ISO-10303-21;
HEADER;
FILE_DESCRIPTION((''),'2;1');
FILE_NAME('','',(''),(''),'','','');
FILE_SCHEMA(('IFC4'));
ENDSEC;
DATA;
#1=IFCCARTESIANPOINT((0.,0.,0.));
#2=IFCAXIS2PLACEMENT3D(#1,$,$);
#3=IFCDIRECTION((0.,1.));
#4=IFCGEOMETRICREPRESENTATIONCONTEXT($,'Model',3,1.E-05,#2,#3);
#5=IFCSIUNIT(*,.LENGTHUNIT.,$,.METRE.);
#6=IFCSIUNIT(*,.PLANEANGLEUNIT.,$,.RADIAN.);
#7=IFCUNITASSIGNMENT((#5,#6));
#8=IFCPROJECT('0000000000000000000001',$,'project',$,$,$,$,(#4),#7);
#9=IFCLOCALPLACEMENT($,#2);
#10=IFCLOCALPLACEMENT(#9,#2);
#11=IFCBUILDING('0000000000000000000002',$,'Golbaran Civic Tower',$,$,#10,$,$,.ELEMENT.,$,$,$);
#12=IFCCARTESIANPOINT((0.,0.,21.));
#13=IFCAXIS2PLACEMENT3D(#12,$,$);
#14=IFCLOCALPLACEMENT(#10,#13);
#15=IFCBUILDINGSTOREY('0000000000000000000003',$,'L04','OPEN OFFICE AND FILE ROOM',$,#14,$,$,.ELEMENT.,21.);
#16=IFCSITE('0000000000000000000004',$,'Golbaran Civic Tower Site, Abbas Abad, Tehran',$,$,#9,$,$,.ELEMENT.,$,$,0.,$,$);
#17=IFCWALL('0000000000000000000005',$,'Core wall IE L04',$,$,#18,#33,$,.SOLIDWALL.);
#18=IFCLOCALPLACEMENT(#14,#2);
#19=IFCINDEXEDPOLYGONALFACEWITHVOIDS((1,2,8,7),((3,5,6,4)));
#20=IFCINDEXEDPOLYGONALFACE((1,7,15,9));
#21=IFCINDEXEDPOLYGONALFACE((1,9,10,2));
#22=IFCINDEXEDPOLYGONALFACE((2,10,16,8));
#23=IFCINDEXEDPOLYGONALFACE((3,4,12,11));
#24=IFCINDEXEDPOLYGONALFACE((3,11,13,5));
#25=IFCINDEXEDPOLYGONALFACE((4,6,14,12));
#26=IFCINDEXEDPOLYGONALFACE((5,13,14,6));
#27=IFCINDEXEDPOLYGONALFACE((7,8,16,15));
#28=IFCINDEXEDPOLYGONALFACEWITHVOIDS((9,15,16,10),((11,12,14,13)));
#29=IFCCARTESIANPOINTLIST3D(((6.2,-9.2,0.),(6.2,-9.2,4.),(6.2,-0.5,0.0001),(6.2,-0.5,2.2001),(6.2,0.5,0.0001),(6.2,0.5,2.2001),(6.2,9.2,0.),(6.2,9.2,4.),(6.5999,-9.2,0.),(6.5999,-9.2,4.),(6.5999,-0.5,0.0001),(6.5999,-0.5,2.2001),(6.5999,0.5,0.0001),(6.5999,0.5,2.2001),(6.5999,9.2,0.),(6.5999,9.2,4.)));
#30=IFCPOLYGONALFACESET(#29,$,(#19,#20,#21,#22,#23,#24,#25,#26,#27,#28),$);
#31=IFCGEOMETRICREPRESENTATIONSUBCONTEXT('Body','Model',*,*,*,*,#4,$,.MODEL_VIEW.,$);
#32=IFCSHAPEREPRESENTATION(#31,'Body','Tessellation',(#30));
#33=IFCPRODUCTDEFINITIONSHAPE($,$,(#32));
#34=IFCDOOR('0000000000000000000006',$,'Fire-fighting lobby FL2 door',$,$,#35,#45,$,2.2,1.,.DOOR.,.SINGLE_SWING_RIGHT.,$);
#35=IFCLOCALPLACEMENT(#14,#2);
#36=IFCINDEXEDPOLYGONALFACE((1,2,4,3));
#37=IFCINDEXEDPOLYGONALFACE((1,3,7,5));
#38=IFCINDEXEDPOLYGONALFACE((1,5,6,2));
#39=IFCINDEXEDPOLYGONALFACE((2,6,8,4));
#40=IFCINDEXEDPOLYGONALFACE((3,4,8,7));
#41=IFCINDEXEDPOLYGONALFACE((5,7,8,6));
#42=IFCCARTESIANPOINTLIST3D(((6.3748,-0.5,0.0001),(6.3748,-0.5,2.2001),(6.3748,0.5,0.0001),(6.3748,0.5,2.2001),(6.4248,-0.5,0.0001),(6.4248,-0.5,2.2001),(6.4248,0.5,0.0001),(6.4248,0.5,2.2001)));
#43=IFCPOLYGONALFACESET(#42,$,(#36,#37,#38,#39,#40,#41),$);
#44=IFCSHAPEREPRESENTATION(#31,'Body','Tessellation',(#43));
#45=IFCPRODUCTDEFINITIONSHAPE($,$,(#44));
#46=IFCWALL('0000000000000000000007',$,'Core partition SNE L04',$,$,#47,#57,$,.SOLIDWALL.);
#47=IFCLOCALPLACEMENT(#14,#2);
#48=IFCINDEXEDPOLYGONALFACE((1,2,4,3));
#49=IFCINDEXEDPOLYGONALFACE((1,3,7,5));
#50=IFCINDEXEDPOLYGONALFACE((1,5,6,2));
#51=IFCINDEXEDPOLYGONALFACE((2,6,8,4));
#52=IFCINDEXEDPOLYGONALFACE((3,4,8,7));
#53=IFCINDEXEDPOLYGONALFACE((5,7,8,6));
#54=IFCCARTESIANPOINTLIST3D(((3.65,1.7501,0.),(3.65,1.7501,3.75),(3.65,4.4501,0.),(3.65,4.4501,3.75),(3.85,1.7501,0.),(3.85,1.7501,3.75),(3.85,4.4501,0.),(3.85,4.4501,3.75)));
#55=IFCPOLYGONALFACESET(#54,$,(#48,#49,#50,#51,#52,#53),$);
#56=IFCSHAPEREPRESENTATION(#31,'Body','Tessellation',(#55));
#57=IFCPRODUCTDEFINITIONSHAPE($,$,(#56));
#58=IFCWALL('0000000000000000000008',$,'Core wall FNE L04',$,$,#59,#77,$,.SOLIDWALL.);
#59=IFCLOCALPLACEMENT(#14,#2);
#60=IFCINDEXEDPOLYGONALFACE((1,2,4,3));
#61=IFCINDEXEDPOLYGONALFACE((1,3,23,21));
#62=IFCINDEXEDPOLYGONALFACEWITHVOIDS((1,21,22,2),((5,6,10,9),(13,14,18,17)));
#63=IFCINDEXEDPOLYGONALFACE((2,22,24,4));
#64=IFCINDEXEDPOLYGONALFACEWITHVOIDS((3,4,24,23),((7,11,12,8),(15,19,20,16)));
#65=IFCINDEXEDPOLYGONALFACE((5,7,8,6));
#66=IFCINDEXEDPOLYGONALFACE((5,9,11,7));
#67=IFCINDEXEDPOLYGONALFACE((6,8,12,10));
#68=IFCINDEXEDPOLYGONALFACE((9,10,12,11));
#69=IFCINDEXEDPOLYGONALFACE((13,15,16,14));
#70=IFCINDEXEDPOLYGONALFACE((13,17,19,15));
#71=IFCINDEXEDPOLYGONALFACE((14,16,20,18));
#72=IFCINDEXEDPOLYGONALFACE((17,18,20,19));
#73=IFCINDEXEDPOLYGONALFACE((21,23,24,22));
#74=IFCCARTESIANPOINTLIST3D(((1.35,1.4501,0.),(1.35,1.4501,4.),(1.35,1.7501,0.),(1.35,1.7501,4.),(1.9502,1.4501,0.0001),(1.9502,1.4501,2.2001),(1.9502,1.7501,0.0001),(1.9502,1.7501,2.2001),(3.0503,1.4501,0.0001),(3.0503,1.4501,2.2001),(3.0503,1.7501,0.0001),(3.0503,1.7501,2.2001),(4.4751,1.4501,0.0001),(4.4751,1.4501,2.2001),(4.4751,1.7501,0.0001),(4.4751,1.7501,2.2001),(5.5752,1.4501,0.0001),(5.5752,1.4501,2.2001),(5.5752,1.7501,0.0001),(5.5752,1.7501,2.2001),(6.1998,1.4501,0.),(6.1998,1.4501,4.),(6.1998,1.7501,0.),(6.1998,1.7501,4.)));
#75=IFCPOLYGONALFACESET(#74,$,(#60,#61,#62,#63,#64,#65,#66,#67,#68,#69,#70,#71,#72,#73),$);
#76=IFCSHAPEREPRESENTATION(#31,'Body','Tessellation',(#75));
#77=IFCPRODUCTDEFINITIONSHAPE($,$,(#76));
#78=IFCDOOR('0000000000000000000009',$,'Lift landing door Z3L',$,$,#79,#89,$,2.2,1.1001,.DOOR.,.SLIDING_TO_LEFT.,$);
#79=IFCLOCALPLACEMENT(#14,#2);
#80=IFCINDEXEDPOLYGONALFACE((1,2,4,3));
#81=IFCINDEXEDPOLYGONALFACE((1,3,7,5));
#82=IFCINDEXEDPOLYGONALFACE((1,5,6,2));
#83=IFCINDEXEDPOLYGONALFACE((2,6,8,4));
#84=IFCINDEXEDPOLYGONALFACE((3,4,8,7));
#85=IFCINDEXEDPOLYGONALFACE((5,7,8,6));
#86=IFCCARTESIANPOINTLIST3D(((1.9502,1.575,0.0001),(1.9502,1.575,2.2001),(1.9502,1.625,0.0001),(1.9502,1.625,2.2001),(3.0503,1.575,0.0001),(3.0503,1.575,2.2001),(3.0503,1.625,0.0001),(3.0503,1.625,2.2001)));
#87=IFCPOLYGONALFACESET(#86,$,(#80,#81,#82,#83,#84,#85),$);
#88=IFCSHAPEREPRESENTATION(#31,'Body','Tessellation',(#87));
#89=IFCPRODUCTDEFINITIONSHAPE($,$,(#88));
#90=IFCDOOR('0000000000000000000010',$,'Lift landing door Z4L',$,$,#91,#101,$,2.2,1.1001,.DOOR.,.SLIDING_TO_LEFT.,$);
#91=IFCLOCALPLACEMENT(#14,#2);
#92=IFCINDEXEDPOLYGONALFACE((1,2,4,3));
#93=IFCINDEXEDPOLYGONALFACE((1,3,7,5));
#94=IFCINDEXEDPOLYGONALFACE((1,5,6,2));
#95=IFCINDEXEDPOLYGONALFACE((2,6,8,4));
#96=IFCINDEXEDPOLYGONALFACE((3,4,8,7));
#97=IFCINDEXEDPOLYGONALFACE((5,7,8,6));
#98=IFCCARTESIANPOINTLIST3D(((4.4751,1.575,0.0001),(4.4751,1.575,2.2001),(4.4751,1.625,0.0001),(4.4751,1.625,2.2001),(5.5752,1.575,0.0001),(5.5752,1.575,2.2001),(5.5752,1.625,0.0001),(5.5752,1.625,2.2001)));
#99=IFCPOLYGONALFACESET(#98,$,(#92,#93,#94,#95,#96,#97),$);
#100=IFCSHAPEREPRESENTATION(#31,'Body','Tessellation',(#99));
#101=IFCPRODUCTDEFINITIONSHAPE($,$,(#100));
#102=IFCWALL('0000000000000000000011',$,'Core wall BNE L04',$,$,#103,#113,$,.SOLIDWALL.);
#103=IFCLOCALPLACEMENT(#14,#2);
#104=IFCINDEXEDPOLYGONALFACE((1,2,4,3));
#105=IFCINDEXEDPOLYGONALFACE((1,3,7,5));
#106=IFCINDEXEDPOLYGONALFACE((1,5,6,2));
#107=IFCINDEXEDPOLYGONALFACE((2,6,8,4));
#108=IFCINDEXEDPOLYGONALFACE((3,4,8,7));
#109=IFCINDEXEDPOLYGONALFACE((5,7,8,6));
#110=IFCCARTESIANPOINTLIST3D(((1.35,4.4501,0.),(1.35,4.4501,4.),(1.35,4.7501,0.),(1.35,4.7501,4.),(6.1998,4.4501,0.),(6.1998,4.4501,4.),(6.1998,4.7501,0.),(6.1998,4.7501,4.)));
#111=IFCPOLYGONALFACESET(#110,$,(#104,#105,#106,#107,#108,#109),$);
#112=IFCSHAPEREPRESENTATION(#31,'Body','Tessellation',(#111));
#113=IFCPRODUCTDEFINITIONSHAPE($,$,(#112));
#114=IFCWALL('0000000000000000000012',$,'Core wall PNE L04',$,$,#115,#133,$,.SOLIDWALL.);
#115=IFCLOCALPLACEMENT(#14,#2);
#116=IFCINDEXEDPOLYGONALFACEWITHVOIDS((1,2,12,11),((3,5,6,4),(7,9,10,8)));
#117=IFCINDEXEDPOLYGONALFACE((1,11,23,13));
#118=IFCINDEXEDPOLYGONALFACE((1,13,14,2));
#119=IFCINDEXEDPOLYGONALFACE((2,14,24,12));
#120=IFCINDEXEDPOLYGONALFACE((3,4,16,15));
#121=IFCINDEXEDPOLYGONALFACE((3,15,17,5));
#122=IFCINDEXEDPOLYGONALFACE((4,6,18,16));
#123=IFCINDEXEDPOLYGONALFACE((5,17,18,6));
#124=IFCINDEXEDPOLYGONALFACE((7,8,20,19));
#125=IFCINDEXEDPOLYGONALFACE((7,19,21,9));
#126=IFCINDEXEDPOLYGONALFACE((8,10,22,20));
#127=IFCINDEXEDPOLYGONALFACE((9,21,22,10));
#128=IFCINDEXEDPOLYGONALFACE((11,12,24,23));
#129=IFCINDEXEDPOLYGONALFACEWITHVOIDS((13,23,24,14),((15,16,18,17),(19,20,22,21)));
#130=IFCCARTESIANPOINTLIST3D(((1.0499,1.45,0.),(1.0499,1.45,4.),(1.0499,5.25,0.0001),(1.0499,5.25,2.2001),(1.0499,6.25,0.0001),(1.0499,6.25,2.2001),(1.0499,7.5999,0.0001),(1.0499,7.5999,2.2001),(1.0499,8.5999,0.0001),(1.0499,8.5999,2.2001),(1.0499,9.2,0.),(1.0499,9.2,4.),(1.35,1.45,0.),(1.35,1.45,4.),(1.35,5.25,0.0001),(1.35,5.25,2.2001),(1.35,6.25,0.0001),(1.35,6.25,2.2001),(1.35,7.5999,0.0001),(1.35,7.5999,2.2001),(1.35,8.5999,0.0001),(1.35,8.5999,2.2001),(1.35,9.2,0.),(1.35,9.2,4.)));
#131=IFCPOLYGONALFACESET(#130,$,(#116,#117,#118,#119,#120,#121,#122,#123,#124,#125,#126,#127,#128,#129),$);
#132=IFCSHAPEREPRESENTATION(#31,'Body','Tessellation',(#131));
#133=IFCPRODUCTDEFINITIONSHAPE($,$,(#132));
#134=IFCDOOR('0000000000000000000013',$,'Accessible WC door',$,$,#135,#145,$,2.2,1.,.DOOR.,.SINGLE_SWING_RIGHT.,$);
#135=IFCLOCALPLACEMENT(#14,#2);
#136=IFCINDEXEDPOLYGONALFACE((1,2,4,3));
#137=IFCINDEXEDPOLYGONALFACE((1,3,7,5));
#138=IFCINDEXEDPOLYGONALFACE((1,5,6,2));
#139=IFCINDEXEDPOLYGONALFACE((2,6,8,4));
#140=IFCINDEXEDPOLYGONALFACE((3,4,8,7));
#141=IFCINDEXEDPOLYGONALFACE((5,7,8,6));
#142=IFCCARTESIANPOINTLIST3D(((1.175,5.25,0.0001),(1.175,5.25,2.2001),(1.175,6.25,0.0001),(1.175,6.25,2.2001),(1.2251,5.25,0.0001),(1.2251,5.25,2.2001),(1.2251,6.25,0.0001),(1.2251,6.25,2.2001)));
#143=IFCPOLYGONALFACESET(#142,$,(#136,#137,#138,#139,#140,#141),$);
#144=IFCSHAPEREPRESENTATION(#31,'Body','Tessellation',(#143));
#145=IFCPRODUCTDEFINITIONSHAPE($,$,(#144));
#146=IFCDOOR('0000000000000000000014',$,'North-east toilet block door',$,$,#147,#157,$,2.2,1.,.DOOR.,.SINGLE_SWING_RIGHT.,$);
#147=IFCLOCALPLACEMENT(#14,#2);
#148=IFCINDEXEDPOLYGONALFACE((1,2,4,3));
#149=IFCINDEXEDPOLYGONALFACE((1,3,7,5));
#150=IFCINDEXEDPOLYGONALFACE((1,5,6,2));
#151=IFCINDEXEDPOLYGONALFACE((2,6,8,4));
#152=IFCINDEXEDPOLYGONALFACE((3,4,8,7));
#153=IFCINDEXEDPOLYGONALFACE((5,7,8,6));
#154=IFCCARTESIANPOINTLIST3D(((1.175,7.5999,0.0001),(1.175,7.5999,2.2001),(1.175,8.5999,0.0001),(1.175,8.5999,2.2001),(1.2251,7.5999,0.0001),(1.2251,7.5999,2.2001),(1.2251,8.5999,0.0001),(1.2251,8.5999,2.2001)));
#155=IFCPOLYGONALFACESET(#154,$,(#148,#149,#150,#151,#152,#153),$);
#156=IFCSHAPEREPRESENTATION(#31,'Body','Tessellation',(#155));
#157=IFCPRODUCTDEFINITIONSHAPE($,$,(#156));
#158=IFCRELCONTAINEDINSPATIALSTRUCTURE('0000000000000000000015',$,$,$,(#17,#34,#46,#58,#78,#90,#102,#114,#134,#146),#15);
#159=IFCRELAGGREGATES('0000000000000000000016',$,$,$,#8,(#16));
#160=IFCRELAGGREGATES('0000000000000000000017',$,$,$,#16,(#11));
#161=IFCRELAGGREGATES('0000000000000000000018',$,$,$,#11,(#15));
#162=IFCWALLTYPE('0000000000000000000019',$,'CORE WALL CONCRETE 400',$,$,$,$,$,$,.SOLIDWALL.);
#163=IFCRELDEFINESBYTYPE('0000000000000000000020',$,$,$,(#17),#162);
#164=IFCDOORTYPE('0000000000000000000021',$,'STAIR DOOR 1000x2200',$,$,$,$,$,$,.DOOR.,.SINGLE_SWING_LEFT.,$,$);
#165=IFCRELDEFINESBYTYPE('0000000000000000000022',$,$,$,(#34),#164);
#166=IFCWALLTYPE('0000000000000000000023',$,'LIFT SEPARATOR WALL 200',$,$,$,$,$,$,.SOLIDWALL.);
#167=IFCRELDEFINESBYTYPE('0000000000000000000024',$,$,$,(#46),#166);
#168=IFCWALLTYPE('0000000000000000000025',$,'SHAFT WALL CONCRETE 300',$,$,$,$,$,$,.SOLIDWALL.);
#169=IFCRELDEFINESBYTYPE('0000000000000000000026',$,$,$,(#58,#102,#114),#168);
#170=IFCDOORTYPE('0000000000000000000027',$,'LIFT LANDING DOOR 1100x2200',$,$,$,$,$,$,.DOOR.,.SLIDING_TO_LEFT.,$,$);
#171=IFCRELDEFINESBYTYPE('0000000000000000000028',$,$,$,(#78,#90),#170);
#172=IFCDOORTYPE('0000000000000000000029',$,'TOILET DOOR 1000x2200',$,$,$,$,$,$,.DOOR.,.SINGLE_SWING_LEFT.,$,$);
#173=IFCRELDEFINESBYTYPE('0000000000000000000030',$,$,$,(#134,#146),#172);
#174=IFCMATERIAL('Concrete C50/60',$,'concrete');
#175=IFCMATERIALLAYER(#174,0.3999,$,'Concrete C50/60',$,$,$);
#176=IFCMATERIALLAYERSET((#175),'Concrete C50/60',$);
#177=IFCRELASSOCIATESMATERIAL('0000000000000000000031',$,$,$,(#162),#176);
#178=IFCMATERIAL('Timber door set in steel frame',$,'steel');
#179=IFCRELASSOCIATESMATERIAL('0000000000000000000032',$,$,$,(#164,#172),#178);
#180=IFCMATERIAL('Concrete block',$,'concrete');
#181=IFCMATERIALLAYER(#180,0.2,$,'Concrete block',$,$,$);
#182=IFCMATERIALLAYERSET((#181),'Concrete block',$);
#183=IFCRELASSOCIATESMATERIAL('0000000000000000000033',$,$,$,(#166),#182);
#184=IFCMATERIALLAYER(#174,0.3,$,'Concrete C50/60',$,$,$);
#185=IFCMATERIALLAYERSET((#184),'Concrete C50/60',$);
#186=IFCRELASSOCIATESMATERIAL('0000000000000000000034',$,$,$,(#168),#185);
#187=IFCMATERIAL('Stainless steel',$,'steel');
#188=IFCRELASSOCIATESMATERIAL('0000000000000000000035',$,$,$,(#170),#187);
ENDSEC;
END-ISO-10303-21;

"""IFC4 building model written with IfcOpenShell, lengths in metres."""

from ifc_helpers import new_model, si_unit, direction, frame, frame_2d, origin, place, context, subcontext, project, spatial, rectangle, extrude, material, layer, layer_set, type_object, element, fill, save


model = new_model("IFC4")

# Units and contexts
model_context = context("Model", 3, precision=1e-05, world=origin(), true_north=direction((0.0, 1.0)))
body_context = subcontext(model_context, "Body", "Model", "MODEL_VIEW")
ifc_project = project(units=[si_unit("LENGTHUNIT", "METRE"), si_unit("PLANEANGLEUNIT", "RADIAN")], contexts=[model_context])

# Site, building, storey
site_placement = place(None, origin())
site = spatial("IfcSite", under=ifc_project, at=site_placement, Name="Golbaran Civic Tower Site, Abbas Abad, Tehran", CompositionType="ELEMENT", RefElevation=0.0)
building_placement = place(site_placement, origin())
building = spatial("IfcBuilding", under=site, at=building_placement, Name="Golbaran Civic Tower", CompositionType="ELEMENT")
storey_placement = place(building_placement, frame((0.0, 0.0, 21.0)))
storey = spatial("IfcBuildingStorey", under=building, at=storey_placement, Name="L04", Description="OPEN OFFICE AND FILE ROOM", CompositionType="ELEMENT", Elevation=21.0)

# Shared definitions
ifc_material_1 = material(Name="Concrete block", Category="concrete")

# Wall, opening, door
ifc_material_2 = material(Name="Concrete C50/60", Category="concrete")
ifc_layer_1 = layer(ifc_material_2, 0.3999, Name="Concrete C50/60")
ifc_layer_set_1 = layer_set([ifc_layer_1], Name="Concrete C50/60")
wall_type_1 = type_object("IfcWallType", Name="CORE WALL CONCRETE 400", PredefinedType="SOLIDWALL", material=ifc_layer_set_1)
wall_1_placement = place(storey_placement, frame((6.3999, 9.2, 0.0), z_axis=(0.0, 0.0, 1.0), x_axis=(0.0, -1.0, 0.0)))
wall_1 = element("IfcWall", 1, at=wall_1_placement, inside=storey, type_object=wall_type_1, Name="Core wall IE L04", PredefinedType="SOLIDWALL", context=body_context, shape_type="SweptSolid", body=[
    extrude(rectangle(XDim=18.3999, YDim=0.3999, at=frame_2d((9.2, 0.0))), origin(), (0.0, 0.0, 1.0), 4.0),
])
opening_1_placement = place(wall_1_placement, frame((8.7, 0.0, 0.0)))
opening_1 = element("IfcOpeningElement", 2, at=opening_1_placement, cuts=wall_1, PredefinedType="OPENING", context=body_context, shape_type="SweptSolid", body=[
    extrude(rectangle(XDim=1.0, YDim=2.2, at=frame_2d((0.5, 1.1001))), frame((0.0, 0.21, 0.0), z_axis=(0.0, -1.0, 0.0), x_axis=(1.0, 0.0, 0.0)), (0.0, 0.0, 1.0), 0.4199),
])
ifc_material_3 = material(Name="Timber door set in steel frame", Category="steel")
door_type_1 = type_object("IfcDoorType", Name="STAIR DOOR 1000x2200", OperationType="SINGLE_SWING_LEFT", PredefinedType="DOOR", material=ifc_material_3)
door_1_placement = place(opening_1_placement, origin())
door_1 = element("IfcDoor", 3, at=door_1_placement, inside=storey, type_object=door_type_1, Name="Fire-fighting lobby FL2 door", OperationType="SINGLE_SWING_RIGHT", OverallHeight=2.2, OverallWidth=1.0, PredefinedType="DOOR", context=body_context, shape_type="SweptSolid", body=[
    extrude(rectangle(XDim=1.0, YDim=2.2, at=frame_2d((0.5, 1.1001))), frame((0.0, 0.0249, 0.0), z_axis=(0.0, -1.0, 0.0), x_axis=(1.0, 0.0, 0.0)), (0.0, 0.0, 1.0), 0.05),
])
fill(opening_1, door_1)

# Wall
ifc_layer_2 = layer(ifc_material_1, 0.2, Name="Concrete block")
ifc_layer_set_2 = layer_set([ifc_layer_2], Name="Concrete block")
wall_type_2 = type_object("IfcWallType", Name="LIFT SEPARATOR WALL 200", PredefinedType="SOLIDWALL", material=ifc_layer_set_2)
wall_2_placement = place(storey_placement, frame((3.75, 1.75, 0.0), z_axis=(0.0, 0.0, 1.0), x_axis=(0.0, 1.0, 0.0)))
element("IfcWall", 4, at=wall_2_placement, inside=storey, type_object=wall_type_2, Name="Core partition SNE L04", PredefinedType="SOLIDWALL", context=body_context, shape_type="SweptSolid", body=[
    extrude(rectangle(XDim=2.7, YDim=0.2, at=frame_2d((1.3501, 0.0))), origin(), (0.0, 0.0, 1.0), 3.75),
])

# Wall, openings, doors
ifc_layer_3 = layer(ifc_material_2, 0.3, Name="Concrete C50/60")
ifc_layer_set_3 = layer_set([ifc_layer_3], Name="Concrete C50/60")
wall_type_3 = type_object("IfcWallType", Name="SHAFT WALL CONCRETE 300", PredefinedType="SOLIDWALL", material=ifc_layer_set_3)
wall_3_placement = place(storey_placement, frame((1.3501, 1.6001, 0.0), z_axis=(0.0, 0.0, 1.0), x_axis=(1.0, 0.0, 0.0)))
wall_3 = element("IfcWall", 5, at=wall_3_placement, inside=storey, type_object=wall_type_3, Name="Core wall FNE L04", PredefinedType="SOLIDWALL", context=body_context, shape_type="SweptSolid", body=[
    extrude(rectangle(XDim=4.8499, YDim=0.3, at=frame_2d((2.4248, 0.0))), origin(), (0.0, 0.0, 1.0), 4.0),
])
opening_2_placement = place(wall_3_placement, frame((0.6001, 0.0, 0.0)))
opening_2 = element("IfcOpeningElement", 6, at=opening_2_placement, cuts=wall_3, PredefinedType="OPENING", context=body_context, shape_type="SweptSolid", body=[
    extrude(rectangle(XDim=1.1001, YDim=2.2, at=frame_2d((0.55, 1.1001))), frame((0.0, 0.1599, 0.0), z_axis=(0.0, -1.0, 0.0), x_axis=(1.0, 0.0, 0.0)), (0.0, 0.0, 1.0), 0.3201),
])
opening_3_placement = place(wall_3_placement, frame((3.125, 0.0, 0.0)))
opening_3 = element("IfcOpeningElement", 7, at=opening_3_placement, cuts=wall_3, PredefinedType="OPENING", context=body_context, shape_type="SweptSolid", body=[
    extrude(rectangle(XDim=1.1001, YDim=2.2, at=frame_2d((0.55, 1.1001))), frame((0.0, 0.1599, 0.0), z_axis=(0.0, -1.0, 0.0), x_axis=(1.0, 0.0, 0.0)), (0.0, 0.0, 1.0), 0.3201),
])
ifc_material_4 = material(Name="Stainless steel", Category="steel")
door_type_2 = type_object("IfcDoorType", Name="LIFT LANDING DOOR 1100x2200", OperationType="SLIDING_TO_LEFT", PredefinedType="DOOR", material=ifc_material_4)
door_2_placement = place(opening_2_placement, origin())
door_2 = element("IfcDoor", 8, at=door_2_placement, inside=storey, type_object=door_type_2, Name="Lift landing door Z3L", OperationType="SLIDING_TO_LEFT", OverallHeight=2.2, OverallWidth=1.1001, PredefinedType="DOOR", context=body_context, shape_type="SweptSolid", body=[
    extrude(rectangle(XDim=1.1001, YDim=2.2, at=frame_2d((0.55, 1.1001))), frame((0.0, 0.0249, 0.0), z_axis=(0.0, -1.0, 0.0), x_axis=(1.0, 0.0, 0.0)), (0.0, 0.0, 1.0), 0.05),
])
fill(opening_2, door_2)
door_3_placement = place(opening_3_placement, origin())
door_3 = element("IfcDoor", 9, at=door_3_placement, inside=storey, type_object=door_type_2, Name="Lift landing door Z4L", OperationType="SLIDING_TO_LEFT", OverallHeight=2.2, OverallWidth=1.1001, PredefinedType="DOOR", context=body_context, shape_type="SweptSolid", body=[
    extrude(rectangle(XDim=1.1001, YDim=2.2, at=frame_2d((0.55, 1.1001))), frame((0.0, 0.0249, 0.0), z_axis=(0.0, -1.0, 0.0), x_axis=(1.0, 0.0, 0.0)), (0.0, 0.0, 1.0), 0.05),
])
fill(opening_3, door_3)

# Wall
wall_4_placement = place(storey_placement, frame((1.3501, 4.6001, 0.0), z_axis=(0.0, 0.0, 1.0), x_axis=(1.0, 0.0, 0.0)))
element("IfcWall", 10, at=wall_4_placement, inside=storey, type_object=wall_type_3, Name="Core wall BNE L04", PredefinedType="SOLIDWALL", context=body_context, shape_type="SweptSolid", body=[
    extrude(rectangle(XDim=4.8499, YDim=0.3, at=frame_2d((2.4248, 0.0))), origin(), (0.0, 0.0, 1.0), 4.0),
])

# Wall, openings, doors
wall_5_placement = place(storey_placement, frame((1.2, 1.45, 0.0), z_axis=(0.0, 0.0, 1.0), x_axis=(0.0, 1.0, 0.0)))
wall_5 = element("IfcWall", 11, at=wall_5_placement, inside=storey, type_object=wall_type_3, Name="Core wall PNE L04", PredefinedType="SOLIDWALL", context=body_context, shape_type="SweptSolid", body=[
    extrude(rectangle(XDim=7.75, YDim=0.3, at=frame_2d((3.875, 0.0))), origin(), (0.0, 0.0, 1.0), 4.0),
])
opening_4_placement = place(wall_5_placement, frame((3.8, 0.0, 0.0)))
opening_4 = element("IfcOpeningElement", 12, at=opening_4_placement, cuts=wall_5, PredefinedType="OPENING", context=body_context, shape_type="SweptSolid", body=[
    extrude(rectangle(XDim=1.0, YDim=2.2, at=frame_2d((0.5, 1.1001))), frame((0.0, 0.1599, 0.0), z_axis=(0.0, -1.0, 0.0), x_axis=(1.0, 0.0, 0.0)), (0.0, 0.0, 1.0), 0.3201),
])
opening_5_placement = place(wall_5_placement, frame((6.1499, 0.0, 0.0)))
opening_5 = element("IfcOpeningElement", 13, at=opening_5_placement, cuts=wall_5, PredefinedType="OPENING", context=body_context, shape_type="SweptSolid", body=[
    extrude(rectangle(XDim=1.0, YDim=2.2, at=frame_2d((0.5, 1.1001))), frame((0.0, 0.1599, 0.0), z_axis=(0.0, -1.0, 0.0), x_axis=(1.0, 0.0, 0.0)), (0.0, 0.0, 1.0), 0.3201),
])
door_type_3 = type_object("IfcDoorType", Name="TOILET DOOR 1000x2200", OperationType="SINGLE_SWING_LEFT", PredefinedType="DOOR", material=ifc_material_3)
door_4_placement = place(opening_4_placement, origin())
door_4 = element("IfcDoor", 14, at=door_4_placement, inside=storey, type_object=door_type_3, Name="Accessible WC door", OperationType="SINGLE_SWING_RIGHT", OverallHeight=2.2, OverallWidth=1.0, PredefinedType="DOOR", context=body_context, shape_type="SweptSolid", body=[
    extrude(rectangle(XDim=1.0, YDim=2.2, at=frame_2d((0.5, 1.1001))), frame((0.0, 0.0249, 0.0), z_axis=(0.0, -1.0, 0.0), x_axis=(1.0, 0.0, 0.0)), (0.0, 0.0, 1.0), 0.05),
])
fill(opening_4, door_4)
door_5_placement = place(opening_5_placement, origin())
door_5 = element("IfcDoor", 15, at=door_5_placement, inside=storey, type_object=door_type_3, Name="North-east toilet block door", OperationType="SINGLE_SWING_RIGHT", OverallHeight=2.2, OverallWidth=1.0, PredefinedType="DOOR", context=body_context, shape_type="SweptSolid", body=[
    extrude(rectangle(XDim=1.0, YDim=2.2, at=frame_2d((0.5, 1.1001))), frame((0.0, 0.0249, 0.0), z_axis=(0.0, -1.0, 0.0), x_axis=(1.0, 0.0, 0.0)), (0.0, 0.0, 1.0), 0.05),
])
fill(opening_5, door_5)

save(model, "model.ifc")
